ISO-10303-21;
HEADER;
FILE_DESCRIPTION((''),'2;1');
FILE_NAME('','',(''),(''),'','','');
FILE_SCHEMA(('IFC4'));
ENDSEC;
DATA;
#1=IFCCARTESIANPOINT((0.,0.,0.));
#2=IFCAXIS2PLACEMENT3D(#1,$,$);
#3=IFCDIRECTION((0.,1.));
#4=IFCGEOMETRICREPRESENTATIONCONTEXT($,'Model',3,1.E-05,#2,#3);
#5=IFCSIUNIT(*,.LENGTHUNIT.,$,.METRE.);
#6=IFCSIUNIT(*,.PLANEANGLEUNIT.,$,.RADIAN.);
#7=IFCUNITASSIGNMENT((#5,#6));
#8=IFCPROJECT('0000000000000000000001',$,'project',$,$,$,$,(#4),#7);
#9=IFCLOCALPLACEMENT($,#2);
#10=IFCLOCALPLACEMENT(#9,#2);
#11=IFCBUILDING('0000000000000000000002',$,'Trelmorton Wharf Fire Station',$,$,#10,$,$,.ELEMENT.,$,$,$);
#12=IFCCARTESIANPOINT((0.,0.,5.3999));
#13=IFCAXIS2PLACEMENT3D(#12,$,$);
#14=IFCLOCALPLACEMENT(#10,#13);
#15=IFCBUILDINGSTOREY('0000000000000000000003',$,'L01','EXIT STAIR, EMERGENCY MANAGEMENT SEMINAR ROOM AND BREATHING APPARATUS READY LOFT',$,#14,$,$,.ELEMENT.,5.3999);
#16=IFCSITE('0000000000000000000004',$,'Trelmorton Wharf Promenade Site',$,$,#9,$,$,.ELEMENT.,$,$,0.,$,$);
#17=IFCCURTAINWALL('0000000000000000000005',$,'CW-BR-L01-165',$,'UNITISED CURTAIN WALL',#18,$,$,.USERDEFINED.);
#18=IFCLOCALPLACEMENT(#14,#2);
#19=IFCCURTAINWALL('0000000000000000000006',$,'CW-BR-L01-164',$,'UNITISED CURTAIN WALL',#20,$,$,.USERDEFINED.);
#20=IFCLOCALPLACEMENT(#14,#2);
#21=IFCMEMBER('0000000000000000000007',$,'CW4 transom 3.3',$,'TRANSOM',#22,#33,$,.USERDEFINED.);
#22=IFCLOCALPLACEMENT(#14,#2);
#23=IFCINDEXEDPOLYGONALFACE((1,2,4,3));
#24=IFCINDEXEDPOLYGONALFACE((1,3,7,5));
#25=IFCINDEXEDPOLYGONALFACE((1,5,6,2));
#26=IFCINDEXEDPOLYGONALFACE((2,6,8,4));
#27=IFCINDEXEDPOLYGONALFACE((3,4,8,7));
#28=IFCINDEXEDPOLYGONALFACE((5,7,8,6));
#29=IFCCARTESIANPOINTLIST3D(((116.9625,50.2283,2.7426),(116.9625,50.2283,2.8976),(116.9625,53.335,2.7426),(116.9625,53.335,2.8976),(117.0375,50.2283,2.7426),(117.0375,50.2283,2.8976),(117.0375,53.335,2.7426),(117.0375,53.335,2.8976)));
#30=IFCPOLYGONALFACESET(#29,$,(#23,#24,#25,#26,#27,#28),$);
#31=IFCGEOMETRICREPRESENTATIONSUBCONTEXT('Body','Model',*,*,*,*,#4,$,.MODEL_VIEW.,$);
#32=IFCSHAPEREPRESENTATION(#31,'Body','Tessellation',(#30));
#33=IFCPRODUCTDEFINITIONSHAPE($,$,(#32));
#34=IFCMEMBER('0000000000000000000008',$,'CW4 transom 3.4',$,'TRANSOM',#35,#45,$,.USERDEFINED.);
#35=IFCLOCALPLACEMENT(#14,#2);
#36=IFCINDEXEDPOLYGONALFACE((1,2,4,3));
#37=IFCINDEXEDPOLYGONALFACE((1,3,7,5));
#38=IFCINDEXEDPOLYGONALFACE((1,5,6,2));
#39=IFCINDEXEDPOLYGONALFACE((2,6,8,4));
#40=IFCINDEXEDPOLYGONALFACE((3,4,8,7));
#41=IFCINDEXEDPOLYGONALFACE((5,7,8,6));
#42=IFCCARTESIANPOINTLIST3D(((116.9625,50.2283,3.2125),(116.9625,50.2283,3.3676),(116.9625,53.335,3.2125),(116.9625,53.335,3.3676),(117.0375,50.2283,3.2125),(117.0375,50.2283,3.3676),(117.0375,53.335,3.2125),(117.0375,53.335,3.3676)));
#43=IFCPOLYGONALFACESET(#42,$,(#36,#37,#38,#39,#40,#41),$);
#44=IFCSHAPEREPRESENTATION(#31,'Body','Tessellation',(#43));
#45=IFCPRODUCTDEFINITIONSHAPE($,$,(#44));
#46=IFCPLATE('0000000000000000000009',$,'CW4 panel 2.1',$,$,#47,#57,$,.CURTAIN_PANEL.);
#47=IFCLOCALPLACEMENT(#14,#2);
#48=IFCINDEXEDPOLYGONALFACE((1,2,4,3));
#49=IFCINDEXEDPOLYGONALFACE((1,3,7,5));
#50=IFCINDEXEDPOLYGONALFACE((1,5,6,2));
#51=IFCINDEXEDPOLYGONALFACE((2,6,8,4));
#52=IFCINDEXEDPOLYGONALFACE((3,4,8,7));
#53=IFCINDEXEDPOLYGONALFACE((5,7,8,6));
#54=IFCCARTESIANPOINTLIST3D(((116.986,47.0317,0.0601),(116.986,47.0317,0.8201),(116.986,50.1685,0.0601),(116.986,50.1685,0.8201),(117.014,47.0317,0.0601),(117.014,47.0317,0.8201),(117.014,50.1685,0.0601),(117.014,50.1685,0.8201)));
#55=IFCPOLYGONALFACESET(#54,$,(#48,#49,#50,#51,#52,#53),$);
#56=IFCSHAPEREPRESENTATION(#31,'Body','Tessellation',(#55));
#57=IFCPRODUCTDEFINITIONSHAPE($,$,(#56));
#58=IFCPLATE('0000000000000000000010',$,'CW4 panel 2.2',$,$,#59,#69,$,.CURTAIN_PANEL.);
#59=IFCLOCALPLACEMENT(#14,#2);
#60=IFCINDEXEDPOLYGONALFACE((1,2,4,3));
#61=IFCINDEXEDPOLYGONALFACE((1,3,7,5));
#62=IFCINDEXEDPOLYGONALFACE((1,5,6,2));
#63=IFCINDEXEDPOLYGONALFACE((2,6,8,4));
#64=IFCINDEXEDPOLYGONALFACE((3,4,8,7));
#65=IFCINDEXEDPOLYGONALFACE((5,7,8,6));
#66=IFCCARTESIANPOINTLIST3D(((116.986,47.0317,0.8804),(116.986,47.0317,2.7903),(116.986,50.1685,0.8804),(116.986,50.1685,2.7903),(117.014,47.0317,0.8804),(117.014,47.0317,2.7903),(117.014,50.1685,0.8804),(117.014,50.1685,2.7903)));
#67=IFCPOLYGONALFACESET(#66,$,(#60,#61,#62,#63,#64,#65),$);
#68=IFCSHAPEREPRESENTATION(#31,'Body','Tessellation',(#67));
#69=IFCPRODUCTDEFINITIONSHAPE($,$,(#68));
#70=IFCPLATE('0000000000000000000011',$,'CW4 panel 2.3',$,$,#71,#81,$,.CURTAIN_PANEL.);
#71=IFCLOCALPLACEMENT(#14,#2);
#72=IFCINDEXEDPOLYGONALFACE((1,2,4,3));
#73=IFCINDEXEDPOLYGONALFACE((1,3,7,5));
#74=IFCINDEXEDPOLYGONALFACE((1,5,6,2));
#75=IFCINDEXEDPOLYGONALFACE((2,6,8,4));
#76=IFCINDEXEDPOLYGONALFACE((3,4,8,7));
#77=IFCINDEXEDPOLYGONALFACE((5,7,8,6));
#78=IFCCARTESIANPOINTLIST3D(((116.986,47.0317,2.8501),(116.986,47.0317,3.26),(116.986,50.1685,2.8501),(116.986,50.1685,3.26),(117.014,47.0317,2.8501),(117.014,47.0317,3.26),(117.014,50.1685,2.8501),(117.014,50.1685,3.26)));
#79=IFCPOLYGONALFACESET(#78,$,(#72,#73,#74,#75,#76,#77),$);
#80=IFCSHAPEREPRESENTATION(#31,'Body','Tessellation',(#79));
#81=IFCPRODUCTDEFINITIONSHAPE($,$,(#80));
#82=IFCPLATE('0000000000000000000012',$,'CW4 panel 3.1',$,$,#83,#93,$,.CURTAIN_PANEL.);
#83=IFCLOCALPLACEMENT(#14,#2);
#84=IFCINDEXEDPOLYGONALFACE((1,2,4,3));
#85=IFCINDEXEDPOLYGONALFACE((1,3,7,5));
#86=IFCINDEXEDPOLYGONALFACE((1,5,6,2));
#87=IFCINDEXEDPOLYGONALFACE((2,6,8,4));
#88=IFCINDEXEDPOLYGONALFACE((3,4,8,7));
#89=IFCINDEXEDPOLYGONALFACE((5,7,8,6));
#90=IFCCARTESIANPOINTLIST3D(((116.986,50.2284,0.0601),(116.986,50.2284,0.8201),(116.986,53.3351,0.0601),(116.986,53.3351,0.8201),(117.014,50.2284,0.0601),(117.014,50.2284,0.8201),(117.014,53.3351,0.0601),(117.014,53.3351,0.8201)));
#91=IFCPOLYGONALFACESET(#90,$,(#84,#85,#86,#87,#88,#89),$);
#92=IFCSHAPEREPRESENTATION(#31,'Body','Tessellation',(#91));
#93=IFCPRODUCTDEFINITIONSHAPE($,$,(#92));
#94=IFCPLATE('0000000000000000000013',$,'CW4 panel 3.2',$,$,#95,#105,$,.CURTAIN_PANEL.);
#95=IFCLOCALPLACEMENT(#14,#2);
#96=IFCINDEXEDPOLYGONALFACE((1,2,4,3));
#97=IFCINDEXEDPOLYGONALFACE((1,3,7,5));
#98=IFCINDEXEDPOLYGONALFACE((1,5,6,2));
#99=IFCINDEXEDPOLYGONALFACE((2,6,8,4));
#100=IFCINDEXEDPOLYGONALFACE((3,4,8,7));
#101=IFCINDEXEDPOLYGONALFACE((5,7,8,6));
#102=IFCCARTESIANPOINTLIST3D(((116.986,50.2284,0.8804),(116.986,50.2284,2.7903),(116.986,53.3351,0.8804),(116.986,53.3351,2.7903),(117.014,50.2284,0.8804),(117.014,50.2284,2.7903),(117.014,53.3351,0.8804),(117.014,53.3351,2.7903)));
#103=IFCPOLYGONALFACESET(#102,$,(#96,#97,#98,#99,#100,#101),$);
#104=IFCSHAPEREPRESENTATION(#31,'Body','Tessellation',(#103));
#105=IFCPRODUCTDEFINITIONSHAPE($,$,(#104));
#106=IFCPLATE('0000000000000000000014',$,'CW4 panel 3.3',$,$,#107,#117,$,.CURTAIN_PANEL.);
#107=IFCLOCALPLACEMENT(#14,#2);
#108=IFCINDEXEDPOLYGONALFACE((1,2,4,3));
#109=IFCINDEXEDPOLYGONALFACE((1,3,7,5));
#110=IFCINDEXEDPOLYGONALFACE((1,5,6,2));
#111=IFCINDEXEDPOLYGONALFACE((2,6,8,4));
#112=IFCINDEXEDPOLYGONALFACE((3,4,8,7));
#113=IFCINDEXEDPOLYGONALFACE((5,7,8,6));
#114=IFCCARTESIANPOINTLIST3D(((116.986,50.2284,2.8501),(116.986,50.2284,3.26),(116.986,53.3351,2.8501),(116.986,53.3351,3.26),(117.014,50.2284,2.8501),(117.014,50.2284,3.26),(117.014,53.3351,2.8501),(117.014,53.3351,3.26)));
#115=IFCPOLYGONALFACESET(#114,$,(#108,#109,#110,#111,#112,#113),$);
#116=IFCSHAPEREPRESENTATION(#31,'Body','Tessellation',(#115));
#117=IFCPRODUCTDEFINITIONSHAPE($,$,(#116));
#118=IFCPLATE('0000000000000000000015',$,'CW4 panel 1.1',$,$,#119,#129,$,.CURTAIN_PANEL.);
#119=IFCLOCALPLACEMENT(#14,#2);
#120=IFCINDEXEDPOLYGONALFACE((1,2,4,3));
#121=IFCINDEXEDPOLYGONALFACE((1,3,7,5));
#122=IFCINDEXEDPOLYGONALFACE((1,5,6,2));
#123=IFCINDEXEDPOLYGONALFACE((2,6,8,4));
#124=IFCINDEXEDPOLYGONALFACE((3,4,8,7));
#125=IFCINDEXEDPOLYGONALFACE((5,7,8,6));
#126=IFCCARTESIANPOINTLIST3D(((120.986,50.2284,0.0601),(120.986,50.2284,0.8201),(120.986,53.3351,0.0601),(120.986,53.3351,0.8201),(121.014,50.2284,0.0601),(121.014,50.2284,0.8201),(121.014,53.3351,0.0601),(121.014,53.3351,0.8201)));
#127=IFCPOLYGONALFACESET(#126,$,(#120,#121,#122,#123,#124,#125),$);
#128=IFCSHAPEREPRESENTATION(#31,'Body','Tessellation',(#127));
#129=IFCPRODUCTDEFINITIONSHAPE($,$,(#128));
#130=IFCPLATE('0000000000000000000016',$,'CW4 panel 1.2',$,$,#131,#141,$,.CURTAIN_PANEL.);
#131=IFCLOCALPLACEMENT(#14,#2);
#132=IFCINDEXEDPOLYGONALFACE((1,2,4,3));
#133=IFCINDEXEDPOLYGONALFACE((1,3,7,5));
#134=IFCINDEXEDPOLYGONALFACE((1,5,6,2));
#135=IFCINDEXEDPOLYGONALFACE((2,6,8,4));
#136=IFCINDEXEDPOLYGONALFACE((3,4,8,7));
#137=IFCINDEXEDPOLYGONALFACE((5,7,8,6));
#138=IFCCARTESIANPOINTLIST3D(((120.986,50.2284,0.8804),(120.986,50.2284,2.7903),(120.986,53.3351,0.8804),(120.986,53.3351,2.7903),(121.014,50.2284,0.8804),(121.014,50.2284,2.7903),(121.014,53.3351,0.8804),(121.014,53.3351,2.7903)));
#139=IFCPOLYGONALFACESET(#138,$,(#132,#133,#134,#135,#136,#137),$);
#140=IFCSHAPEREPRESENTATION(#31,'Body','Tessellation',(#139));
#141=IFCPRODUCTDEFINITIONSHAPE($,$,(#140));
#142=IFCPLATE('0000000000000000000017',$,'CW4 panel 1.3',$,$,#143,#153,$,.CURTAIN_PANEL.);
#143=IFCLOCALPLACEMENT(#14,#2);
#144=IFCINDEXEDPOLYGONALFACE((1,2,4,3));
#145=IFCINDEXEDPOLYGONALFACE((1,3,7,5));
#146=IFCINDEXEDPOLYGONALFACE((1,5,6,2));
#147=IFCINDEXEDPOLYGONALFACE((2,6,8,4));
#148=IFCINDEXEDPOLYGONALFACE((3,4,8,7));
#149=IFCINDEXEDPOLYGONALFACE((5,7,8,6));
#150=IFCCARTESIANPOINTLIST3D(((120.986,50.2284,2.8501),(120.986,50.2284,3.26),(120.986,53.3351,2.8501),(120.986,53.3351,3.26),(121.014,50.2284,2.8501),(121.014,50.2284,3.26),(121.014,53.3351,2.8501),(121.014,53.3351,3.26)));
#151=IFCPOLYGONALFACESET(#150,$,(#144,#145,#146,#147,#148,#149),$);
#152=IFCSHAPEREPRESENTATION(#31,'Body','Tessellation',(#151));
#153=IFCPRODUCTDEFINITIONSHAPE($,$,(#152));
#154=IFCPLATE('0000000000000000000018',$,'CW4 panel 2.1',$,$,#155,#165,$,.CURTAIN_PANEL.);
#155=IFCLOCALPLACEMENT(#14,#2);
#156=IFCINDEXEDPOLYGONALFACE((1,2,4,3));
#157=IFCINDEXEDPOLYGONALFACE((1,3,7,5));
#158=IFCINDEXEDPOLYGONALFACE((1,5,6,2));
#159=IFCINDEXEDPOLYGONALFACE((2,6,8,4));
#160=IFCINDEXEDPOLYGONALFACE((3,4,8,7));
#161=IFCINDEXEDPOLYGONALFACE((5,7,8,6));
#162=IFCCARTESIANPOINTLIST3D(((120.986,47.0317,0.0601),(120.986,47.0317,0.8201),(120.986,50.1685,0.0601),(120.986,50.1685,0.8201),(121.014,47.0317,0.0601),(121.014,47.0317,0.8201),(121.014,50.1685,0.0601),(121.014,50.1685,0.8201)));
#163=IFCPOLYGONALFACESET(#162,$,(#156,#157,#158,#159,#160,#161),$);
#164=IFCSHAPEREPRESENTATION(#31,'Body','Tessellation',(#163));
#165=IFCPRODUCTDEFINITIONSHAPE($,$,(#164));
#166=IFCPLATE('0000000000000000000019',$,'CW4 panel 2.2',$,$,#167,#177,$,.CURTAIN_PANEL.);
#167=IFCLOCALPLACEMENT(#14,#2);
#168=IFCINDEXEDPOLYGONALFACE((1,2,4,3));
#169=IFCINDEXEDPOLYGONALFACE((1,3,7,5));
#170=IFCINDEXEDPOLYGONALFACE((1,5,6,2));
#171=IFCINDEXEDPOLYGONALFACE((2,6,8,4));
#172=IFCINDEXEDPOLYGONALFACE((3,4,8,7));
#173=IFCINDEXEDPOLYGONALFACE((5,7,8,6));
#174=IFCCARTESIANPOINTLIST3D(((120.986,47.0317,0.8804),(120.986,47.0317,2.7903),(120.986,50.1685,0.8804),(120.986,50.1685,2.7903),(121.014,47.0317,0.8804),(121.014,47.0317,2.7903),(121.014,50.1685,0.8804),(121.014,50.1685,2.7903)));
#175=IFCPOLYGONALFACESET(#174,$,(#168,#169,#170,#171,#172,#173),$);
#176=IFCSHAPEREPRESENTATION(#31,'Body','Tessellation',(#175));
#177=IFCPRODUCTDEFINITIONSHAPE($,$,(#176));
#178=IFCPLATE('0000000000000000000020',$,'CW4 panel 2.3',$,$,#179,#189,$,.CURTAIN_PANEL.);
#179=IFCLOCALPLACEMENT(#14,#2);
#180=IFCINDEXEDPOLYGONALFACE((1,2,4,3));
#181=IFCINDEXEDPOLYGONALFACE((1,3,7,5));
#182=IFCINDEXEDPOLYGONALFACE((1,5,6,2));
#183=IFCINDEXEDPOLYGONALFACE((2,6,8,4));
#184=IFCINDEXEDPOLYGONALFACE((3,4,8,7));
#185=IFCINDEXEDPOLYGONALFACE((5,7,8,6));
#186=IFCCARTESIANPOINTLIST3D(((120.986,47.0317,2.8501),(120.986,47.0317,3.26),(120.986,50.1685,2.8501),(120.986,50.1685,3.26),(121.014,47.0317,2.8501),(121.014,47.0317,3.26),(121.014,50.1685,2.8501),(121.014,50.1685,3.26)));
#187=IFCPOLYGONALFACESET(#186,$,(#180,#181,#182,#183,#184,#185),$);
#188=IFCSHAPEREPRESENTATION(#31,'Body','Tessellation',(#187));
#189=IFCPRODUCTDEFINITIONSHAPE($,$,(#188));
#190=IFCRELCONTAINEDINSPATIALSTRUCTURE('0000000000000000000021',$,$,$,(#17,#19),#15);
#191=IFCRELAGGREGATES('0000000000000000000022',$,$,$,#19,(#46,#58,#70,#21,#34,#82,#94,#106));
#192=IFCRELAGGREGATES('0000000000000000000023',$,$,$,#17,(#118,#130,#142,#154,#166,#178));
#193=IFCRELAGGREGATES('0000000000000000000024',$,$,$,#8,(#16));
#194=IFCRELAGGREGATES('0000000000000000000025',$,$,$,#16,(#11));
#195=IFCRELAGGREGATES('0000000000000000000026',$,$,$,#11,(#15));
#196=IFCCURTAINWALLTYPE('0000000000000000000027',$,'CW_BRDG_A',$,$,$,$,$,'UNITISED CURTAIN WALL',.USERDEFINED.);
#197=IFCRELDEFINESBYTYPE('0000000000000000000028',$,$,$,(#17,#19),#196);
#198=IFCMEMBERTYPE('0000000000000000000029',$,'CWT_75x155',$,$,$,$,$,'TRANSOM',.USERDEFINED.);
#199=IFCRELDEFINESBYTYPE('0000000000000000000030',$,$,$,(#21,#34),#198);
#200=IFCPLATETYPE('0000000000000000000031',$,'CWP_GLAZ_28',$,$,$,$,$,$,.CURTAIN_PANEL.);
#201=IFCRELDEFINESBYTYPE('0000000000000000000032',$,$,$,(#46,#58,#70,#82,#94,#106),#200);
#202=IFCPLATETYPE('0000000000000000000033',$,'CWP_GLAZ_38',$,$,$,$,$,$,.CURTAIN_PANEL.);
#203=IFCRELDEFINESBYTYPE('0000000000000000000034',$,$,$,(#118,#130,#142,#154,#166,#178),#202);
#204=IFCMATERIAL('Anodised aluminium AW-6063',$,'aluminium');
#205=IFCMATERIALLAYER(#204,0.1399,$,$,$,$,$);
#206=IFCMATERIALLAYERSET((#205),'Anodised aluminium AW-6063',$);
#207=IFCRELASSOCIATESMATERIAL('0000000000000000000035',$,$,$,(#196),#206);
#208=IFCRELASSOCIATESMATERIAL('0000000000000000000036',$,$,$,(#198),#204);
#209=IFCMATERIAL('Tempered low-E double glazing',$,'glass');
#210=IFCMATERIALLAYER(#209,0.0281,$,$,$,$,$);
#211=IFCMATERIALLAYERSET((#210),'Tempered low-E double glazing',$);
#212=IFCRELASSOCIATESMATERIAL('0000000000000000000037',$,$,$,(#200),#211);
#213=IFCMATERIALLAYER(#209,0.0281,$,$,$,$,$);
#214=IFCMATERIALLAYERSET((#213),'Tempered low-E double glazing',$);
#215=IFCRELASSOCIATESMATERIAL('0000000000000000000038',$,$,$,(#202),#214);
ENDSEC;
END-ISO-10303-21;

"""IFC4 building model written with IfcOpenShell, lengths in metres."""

from ifc_helpers import new_model, si_unit, direction, frame, origin, origin_2d, place, context, subcontext, project, spatial, rectangle, extrude, material, layer, layer_set, material_profile, profile_set, type_object, element, aggregate, save


model = new_model("IFC4")

# Units and contexts
model_context = context("Model", 3, precision=1e-05, world=origin(), true_north=direction((0.0, 1.0)))
body_context = subcontext(model_context, "Body", "Model", "MODEL_VIEW")
ifc_project = project(units=[si_unit("LENGTHUNIT", "METRE"), si_unit("PLANEANGLEUNIT", "RADIAN")], contexts=[model_context])

# Site, building, storey
site_placement = place(None, origin())
site = spatial("IfcSite", under=ifc_project, at=site_placement, Name="Trelmorton Wharf Promenade Site", CompositionType="ELEMENT", RefElevation=0.0)
building_placement = place(site_placement, origin())
building = spatial("IfcBuilding", under=site, at=building_placement, Name="Trelmorton Wharf Fire Station", CompositionType="ELEMENT")
storey_placement = place(building_placement, frame((0.0, 0.0, 5.3999)))
storey = spatial("IfcBuildingStorey", under=building, at=storey_placement, Name="L01", Description="EXIT STAIR, EMERGENCY MANAGEMENT SEMINAR ROOM AND BREATHING APPARATUS READY LOFT", CompositionType="ELEMENT", Elevation=5.3999)

# Curtain walls
ifc_material_1 = material(Name="Anodised aluminium AW-6063", Category="aluminium")
ifc_layer_1 = layer(ifc_material_1, 0.1399)
ifc_layer_set_1 = layer_set([ifc_layer_1], Name="Anodised aluminium AW-6063")
curtain_wall_type = type_object("IfcCurtainWallType", Name="CW_BRDG_A", ElementType="UNITISED CURTAIN WALL", PredefinedType="USERDEFINED", material=ifc_layer_set_1)
curtain_wall_1_placement = place(storey_placement, origin())
curtain_wall_1 = element("IfcCurtainWall", 1, at=curtain_wall_1_placement, inside=storey, type_object=curtain_wall_type, Name="CW-BR-L01-165", ObjectType="UNITISED CURTAIN WALL", PredefinedType="USERDEFINED")
curtain_wall_2_placement = place(storey_placement, origin())
curtain_wall_2 = element("IfcCurtainWall", 2, at=curtain_wall_2_placement, inside=storey, type_object=curtain_wall_type, Name="CW-BR-L01-164", ObjectType="UNITISED CURTAIN WALL", PredefinedType="USERDEFINED")

# Members
ifc_material_profile_1 = material_profile(ifc_material_1, rectangle(XDim=0.075, YDim=0.155, at=origin_2d()), Name="ALU-75x155")
ifc_profile_set_1 = profile_set([ifc_material_profile_1], Name="Anodised aluminium AW-6063")
member_type_1 = type_object("IfcMemberType", Name="CWT_75x155", ElementType="TRANSOM", PredefinedType="USERDEFINED", material=ifc_profile_set_1)
member_1_placement = place(storey_placement, frame((117.0, 50.2283, 2.8201), z_axis=(0.0, 1.0, 0.0), x_axis=(-1.0, 0.0, 0.0)))
member_1 = element("IfcMember", 3, at=member_1_placement, type_object=member_type_1, Name="CW4 transom 3.3", ObjectType="TRANSOM", PredefinedType="USERDEFINED", context=body_context, shape_type="SweptSolid", body=[
    extrude(rectangle(XDim=0.075, YDim=0.155, at=origin_2d()), origin(), (0.0, 0.0, 1.0), 3.1067),
])
member_2_placement = place(storey_placement, frame((117.0, 50.2283, 3.29), z_axis=(0.0, 1.0, 0.0), x_axis=(-1.0, 0.0, 0.0)))
member_2 = element("IfcMember", 4, at=member_2_placement, type_object=member_type_1, Name="CW4 transom 3.4", ObjectType="TRANSOM", PredefinedType="USERDEFINED", context=body_context, shape_type="SweptSolid", body=[
    extrude(rectangle(XDim=0.075, YDim=0.155, at=origin_2d()), origin(), (0.0, 0.0, 1.0), 3.1067),
])

# Plates
ifc_material_2 = material(Name="Tempered low-E double glazing", Category="glass")
ifc_layer_2 = layer(ifc_material_2, 0.0281)
ifc_layer_set_2 = layer_set([ifc_layer_2], Name="Tempered low-E double glazing")
plate_type_1 = type_object("IfcPlateType", Name="CWP_GLAZ_28", PredefinedType="CURTAIN_PANEL", material=ifc_layer_set_2)
plate_1_placement = place(storey_placement, frame((117.0, 48.6001, 0.0601), z_axis=(0.0, 0.0, 1.0), x_axis=(0.0, 1.0, 0.0)))
plate_1 = element("IfcPlate", 5, at=plate_1_placement, type_object=plate_type_1, Name="CW4 panel 2.1", PredefinedType="CURTAIN_PANEL", context=body_context, shape_type="SweptSolid", body=[
    extrude(rectangle(XDim=3.1367, YDim=0.0281, at=origin_2d()), origin(), (0.0, 0.0, 1.0), 0.76),
])
plate_2_placement = place(storey_placement, frame((117.0, 48.6001, 0.8804), z_axis=(0.0, 0.0, 1.0), x_axis=(0.0, 1.0, 0.0)))
plate_2 = element("IfcPlate", 6, at=plate_2_placement, type_object=plate_type_1, Name="CW4 panel 2.2", PredefinedType="CURTAIN_PANEL", context=body_context, shape_type="SweptSolid", body=[
    extrude(rectangle(XDim=3.1367, YDim=0.0281, at=origin_2d()), origin(), (0.0, 0.0, 1.0), 1.9099),
])
plate_3_placement = place(storey_placement, frame((117.0, 48.6001, 2.8501), z_axis=(0.0, 0.0, 1.0), x_axis=(0.0, 1.0, 0.0)))
plate_3 = element("IfcPlate", 7, at=plate_3_placement, type_object=plate_type_1, Name="CW4 panel 2.3", PredefinedType="CURTAIN_PANEL", context=body_context, shape_type="SweptSolid", body=[
    extrude(rectangle(XDim=3.1367, YDim=0.0281, at=origin_2d()), origin(), (0.0, 0.0, 1.0), 0.4099),
])
plate_4_placement = place(storey_placement, frame((117.0, 51.7817, 0.0601), z_axis=(0.0, 0.0, 1.0), x_axis=(0.0, 1.0, 0.0)))
plate_4 = element("IfcPlate", 8, at=plate_4_placement, type_object=plate_type_1, Name="CW4 panel 3.1", PredefinedType="CURTAIN_PANEL", context=body_context, shape_type="SweptSolid", body=[
    extrude(rectangle(XDim=3.1067, YDim=0.0281, at=origin_2d()), origin(), (0.0, 0.0, 1.0), 0.76),
])
plate_5_placement = place(storey_placement, frame((117.0, 51.7817, 0.8804), z_axis=(0.0, 0.0, 1.0), x_axis=(0.0, 1.0, 0.0)))
plate_5 = element("IfcPlate", 9, at=plate_5_placement, type_object=plate_type_1, Name="CW4 panel 3.2", PredefinedType="CURTAIN_PANEL", context=body_context, shape_type="SweptSolid", body=[
    extrude(rectangle(XDim=3.1067, YDim=0.0281, at=origin_2d()), origin(), (0.0, 0.0, 1.0), 1.9099),
])
plate_6_placement = place(storey_placement, frame((117.0, 51.7817, 2.8501), z_axis=(0.0, 0.0, 1.0), x_axis=(0.0, 1.0, 0.0)))
plate_6 = element("IfcPlate", 10, at=plate_6_placement, type_object=plate_type_1, Name="CW4 panel 3.3", PredefinedType="CURTAIN_PANEL", context=body_context, shape_type="SweptSolid", body=[
    extrude(rectangle(XDim=3.1067, YDim=0.0281, at=origin_2d()), origin(), (0.0, 0.0, 1.0), 0.4099),
])
aggregate(curtain_wall_2, [plate_1, plate_2, plate_3, member_1, member_2, plate_4, plate_5, plate_6])
ifc_layer_3 = layer(ifc_material_2, 0.0281)
ifc_layer_set_3 = layer_set([ifc_layer_3], Name="Tempered low-E double glazing")
plate_type_2 = type_object("IfcPlateType", Name="CWP_GLAZ_38", PredefinedType="CURTAIN_PANEL", material=ifc_layer_set_3)
plate_7_placement = place(storey_placement, frame((121.0, 51.7817, 0.0601), z_axis=(0.0, 0.0, 1.0), x_axis=(0.0, -1.0, 0.0)))
plate_7 = element("IfcPlate", 11, at=plate_7_placement, type_object=plate_type_2, Name="CW4 panel 1.1", PredefinedType="CURTAIN_PANEL", context=body_context, shape_type="SweptSolid", body=[
    extrude(rectangle(XDim=3.1067, YDim=0.0281, at=origin_2d()), origin(), (0.0, 0.0, 1.0), 0.76),
])
plate_8_placement = place(storey_placement, frame((121.0, 51.7817, 0.8804), z_axis=(0.0, 0.0, 1.0), x_axis=(0.0, -1.0, 0.0)))
plate_8 = element("IfcPlate", 12, at=plate_8_placement, type_object=plate_type_2, Name="CW4 panel 1.2", PredefinedType="CURTAIN_PANEL", context=body_context, shape_type="SweptSolid", body=[
    extrude(rectangle(XDim=3.1067, YDim=0.0281, at=origin_2d()), origin(), (0.0, 0.0, 1.0), 1.9099),
])
plate_9_placement = place(storey_placement, frame((121.0, 51.7817, 2.8501), z_axis=(0.0, 0.0, 1.0), x_axis=(0.0, -1.0, 0.0)))
plate_9 = element("IfcPlate", 13, at=plate_9_placement, type_object=plate_type_2, Name="CW4 panel 1.3", PredefinedType="CURTAIN_PANEL", context=body_context, shape_type="SweptSolid", body=[
    extrude(rectangle(XDim=3.1067, YDim=0.0281, at=origin_2d()), origin(), (0.0, 0.0, 1.0), 0.4099),
])
plate_10_placement = place(storey_placement, frame((121.0, 48.6001, 0.0601), z_axis=(0.0, 0.0, 1.0), x_axis=(0.0, -1.0, 0.0)))
plate_10 = element("IfcPlate", 14, at=plate_10_placement, type_object=plate_type_2, Name="CW4 panel 2.1", PredefinedType="CURTAIN_PANEL", context=body_context, shape_type="SweptSolid", body=[
    extrude(rectangle(XDim=3.1367, YDim=0.0281, at=origin_2d()), origin(), (0.0, 0.0, 1.0), 0.76),
])
plate_11_placement = place(storey_placement, frame((121.0, 48.6001, 0.8804), z_axis=(0.0, 0.0, 1.0), x_axis=(0.0, -1.0, 0.0)))
plate_11 = element("IfcPlate", 15, at=plate_11_placement, type_object=plate_type_2, Name="CW4 panel 2.2", PredefinedType="CURTAIN_PANEL", context=body_context, shape_type="SweptSolid", body=[
    extrude(rectangle(XDim=3.1367, YDim=0.0281, at=origin_2d()), origin(), (0.0, 0.0, 1.0), 1.9099),
])
plate_12_placement = place(storey_placement, frame((121.0, 48.6001, 2.8501), z_axis=(0.0, 0.0, 1.0), x_axis=(0.0, -1.0, 0.0)))
plate_12 = element("IfcPlate", 16, at=plate_12_placement, type_object=plate_type_2, Name="CW4 panel 2.3", PredefinedType="CURTAIN_PANEL", context=body_context, shape_type="SweptSolid", body=[
    extrude(rectangle(XDim=3.1367, YDim=0.0281, at=origin_2d()), origin(), (0.0, 0.0, 1.0), 0.4099),
])
aggregate(curtain_wall_1, [plate_7, plate_8, plate_9, plate_10, plate_11, plate_12])

save(model, "model.ifc")
